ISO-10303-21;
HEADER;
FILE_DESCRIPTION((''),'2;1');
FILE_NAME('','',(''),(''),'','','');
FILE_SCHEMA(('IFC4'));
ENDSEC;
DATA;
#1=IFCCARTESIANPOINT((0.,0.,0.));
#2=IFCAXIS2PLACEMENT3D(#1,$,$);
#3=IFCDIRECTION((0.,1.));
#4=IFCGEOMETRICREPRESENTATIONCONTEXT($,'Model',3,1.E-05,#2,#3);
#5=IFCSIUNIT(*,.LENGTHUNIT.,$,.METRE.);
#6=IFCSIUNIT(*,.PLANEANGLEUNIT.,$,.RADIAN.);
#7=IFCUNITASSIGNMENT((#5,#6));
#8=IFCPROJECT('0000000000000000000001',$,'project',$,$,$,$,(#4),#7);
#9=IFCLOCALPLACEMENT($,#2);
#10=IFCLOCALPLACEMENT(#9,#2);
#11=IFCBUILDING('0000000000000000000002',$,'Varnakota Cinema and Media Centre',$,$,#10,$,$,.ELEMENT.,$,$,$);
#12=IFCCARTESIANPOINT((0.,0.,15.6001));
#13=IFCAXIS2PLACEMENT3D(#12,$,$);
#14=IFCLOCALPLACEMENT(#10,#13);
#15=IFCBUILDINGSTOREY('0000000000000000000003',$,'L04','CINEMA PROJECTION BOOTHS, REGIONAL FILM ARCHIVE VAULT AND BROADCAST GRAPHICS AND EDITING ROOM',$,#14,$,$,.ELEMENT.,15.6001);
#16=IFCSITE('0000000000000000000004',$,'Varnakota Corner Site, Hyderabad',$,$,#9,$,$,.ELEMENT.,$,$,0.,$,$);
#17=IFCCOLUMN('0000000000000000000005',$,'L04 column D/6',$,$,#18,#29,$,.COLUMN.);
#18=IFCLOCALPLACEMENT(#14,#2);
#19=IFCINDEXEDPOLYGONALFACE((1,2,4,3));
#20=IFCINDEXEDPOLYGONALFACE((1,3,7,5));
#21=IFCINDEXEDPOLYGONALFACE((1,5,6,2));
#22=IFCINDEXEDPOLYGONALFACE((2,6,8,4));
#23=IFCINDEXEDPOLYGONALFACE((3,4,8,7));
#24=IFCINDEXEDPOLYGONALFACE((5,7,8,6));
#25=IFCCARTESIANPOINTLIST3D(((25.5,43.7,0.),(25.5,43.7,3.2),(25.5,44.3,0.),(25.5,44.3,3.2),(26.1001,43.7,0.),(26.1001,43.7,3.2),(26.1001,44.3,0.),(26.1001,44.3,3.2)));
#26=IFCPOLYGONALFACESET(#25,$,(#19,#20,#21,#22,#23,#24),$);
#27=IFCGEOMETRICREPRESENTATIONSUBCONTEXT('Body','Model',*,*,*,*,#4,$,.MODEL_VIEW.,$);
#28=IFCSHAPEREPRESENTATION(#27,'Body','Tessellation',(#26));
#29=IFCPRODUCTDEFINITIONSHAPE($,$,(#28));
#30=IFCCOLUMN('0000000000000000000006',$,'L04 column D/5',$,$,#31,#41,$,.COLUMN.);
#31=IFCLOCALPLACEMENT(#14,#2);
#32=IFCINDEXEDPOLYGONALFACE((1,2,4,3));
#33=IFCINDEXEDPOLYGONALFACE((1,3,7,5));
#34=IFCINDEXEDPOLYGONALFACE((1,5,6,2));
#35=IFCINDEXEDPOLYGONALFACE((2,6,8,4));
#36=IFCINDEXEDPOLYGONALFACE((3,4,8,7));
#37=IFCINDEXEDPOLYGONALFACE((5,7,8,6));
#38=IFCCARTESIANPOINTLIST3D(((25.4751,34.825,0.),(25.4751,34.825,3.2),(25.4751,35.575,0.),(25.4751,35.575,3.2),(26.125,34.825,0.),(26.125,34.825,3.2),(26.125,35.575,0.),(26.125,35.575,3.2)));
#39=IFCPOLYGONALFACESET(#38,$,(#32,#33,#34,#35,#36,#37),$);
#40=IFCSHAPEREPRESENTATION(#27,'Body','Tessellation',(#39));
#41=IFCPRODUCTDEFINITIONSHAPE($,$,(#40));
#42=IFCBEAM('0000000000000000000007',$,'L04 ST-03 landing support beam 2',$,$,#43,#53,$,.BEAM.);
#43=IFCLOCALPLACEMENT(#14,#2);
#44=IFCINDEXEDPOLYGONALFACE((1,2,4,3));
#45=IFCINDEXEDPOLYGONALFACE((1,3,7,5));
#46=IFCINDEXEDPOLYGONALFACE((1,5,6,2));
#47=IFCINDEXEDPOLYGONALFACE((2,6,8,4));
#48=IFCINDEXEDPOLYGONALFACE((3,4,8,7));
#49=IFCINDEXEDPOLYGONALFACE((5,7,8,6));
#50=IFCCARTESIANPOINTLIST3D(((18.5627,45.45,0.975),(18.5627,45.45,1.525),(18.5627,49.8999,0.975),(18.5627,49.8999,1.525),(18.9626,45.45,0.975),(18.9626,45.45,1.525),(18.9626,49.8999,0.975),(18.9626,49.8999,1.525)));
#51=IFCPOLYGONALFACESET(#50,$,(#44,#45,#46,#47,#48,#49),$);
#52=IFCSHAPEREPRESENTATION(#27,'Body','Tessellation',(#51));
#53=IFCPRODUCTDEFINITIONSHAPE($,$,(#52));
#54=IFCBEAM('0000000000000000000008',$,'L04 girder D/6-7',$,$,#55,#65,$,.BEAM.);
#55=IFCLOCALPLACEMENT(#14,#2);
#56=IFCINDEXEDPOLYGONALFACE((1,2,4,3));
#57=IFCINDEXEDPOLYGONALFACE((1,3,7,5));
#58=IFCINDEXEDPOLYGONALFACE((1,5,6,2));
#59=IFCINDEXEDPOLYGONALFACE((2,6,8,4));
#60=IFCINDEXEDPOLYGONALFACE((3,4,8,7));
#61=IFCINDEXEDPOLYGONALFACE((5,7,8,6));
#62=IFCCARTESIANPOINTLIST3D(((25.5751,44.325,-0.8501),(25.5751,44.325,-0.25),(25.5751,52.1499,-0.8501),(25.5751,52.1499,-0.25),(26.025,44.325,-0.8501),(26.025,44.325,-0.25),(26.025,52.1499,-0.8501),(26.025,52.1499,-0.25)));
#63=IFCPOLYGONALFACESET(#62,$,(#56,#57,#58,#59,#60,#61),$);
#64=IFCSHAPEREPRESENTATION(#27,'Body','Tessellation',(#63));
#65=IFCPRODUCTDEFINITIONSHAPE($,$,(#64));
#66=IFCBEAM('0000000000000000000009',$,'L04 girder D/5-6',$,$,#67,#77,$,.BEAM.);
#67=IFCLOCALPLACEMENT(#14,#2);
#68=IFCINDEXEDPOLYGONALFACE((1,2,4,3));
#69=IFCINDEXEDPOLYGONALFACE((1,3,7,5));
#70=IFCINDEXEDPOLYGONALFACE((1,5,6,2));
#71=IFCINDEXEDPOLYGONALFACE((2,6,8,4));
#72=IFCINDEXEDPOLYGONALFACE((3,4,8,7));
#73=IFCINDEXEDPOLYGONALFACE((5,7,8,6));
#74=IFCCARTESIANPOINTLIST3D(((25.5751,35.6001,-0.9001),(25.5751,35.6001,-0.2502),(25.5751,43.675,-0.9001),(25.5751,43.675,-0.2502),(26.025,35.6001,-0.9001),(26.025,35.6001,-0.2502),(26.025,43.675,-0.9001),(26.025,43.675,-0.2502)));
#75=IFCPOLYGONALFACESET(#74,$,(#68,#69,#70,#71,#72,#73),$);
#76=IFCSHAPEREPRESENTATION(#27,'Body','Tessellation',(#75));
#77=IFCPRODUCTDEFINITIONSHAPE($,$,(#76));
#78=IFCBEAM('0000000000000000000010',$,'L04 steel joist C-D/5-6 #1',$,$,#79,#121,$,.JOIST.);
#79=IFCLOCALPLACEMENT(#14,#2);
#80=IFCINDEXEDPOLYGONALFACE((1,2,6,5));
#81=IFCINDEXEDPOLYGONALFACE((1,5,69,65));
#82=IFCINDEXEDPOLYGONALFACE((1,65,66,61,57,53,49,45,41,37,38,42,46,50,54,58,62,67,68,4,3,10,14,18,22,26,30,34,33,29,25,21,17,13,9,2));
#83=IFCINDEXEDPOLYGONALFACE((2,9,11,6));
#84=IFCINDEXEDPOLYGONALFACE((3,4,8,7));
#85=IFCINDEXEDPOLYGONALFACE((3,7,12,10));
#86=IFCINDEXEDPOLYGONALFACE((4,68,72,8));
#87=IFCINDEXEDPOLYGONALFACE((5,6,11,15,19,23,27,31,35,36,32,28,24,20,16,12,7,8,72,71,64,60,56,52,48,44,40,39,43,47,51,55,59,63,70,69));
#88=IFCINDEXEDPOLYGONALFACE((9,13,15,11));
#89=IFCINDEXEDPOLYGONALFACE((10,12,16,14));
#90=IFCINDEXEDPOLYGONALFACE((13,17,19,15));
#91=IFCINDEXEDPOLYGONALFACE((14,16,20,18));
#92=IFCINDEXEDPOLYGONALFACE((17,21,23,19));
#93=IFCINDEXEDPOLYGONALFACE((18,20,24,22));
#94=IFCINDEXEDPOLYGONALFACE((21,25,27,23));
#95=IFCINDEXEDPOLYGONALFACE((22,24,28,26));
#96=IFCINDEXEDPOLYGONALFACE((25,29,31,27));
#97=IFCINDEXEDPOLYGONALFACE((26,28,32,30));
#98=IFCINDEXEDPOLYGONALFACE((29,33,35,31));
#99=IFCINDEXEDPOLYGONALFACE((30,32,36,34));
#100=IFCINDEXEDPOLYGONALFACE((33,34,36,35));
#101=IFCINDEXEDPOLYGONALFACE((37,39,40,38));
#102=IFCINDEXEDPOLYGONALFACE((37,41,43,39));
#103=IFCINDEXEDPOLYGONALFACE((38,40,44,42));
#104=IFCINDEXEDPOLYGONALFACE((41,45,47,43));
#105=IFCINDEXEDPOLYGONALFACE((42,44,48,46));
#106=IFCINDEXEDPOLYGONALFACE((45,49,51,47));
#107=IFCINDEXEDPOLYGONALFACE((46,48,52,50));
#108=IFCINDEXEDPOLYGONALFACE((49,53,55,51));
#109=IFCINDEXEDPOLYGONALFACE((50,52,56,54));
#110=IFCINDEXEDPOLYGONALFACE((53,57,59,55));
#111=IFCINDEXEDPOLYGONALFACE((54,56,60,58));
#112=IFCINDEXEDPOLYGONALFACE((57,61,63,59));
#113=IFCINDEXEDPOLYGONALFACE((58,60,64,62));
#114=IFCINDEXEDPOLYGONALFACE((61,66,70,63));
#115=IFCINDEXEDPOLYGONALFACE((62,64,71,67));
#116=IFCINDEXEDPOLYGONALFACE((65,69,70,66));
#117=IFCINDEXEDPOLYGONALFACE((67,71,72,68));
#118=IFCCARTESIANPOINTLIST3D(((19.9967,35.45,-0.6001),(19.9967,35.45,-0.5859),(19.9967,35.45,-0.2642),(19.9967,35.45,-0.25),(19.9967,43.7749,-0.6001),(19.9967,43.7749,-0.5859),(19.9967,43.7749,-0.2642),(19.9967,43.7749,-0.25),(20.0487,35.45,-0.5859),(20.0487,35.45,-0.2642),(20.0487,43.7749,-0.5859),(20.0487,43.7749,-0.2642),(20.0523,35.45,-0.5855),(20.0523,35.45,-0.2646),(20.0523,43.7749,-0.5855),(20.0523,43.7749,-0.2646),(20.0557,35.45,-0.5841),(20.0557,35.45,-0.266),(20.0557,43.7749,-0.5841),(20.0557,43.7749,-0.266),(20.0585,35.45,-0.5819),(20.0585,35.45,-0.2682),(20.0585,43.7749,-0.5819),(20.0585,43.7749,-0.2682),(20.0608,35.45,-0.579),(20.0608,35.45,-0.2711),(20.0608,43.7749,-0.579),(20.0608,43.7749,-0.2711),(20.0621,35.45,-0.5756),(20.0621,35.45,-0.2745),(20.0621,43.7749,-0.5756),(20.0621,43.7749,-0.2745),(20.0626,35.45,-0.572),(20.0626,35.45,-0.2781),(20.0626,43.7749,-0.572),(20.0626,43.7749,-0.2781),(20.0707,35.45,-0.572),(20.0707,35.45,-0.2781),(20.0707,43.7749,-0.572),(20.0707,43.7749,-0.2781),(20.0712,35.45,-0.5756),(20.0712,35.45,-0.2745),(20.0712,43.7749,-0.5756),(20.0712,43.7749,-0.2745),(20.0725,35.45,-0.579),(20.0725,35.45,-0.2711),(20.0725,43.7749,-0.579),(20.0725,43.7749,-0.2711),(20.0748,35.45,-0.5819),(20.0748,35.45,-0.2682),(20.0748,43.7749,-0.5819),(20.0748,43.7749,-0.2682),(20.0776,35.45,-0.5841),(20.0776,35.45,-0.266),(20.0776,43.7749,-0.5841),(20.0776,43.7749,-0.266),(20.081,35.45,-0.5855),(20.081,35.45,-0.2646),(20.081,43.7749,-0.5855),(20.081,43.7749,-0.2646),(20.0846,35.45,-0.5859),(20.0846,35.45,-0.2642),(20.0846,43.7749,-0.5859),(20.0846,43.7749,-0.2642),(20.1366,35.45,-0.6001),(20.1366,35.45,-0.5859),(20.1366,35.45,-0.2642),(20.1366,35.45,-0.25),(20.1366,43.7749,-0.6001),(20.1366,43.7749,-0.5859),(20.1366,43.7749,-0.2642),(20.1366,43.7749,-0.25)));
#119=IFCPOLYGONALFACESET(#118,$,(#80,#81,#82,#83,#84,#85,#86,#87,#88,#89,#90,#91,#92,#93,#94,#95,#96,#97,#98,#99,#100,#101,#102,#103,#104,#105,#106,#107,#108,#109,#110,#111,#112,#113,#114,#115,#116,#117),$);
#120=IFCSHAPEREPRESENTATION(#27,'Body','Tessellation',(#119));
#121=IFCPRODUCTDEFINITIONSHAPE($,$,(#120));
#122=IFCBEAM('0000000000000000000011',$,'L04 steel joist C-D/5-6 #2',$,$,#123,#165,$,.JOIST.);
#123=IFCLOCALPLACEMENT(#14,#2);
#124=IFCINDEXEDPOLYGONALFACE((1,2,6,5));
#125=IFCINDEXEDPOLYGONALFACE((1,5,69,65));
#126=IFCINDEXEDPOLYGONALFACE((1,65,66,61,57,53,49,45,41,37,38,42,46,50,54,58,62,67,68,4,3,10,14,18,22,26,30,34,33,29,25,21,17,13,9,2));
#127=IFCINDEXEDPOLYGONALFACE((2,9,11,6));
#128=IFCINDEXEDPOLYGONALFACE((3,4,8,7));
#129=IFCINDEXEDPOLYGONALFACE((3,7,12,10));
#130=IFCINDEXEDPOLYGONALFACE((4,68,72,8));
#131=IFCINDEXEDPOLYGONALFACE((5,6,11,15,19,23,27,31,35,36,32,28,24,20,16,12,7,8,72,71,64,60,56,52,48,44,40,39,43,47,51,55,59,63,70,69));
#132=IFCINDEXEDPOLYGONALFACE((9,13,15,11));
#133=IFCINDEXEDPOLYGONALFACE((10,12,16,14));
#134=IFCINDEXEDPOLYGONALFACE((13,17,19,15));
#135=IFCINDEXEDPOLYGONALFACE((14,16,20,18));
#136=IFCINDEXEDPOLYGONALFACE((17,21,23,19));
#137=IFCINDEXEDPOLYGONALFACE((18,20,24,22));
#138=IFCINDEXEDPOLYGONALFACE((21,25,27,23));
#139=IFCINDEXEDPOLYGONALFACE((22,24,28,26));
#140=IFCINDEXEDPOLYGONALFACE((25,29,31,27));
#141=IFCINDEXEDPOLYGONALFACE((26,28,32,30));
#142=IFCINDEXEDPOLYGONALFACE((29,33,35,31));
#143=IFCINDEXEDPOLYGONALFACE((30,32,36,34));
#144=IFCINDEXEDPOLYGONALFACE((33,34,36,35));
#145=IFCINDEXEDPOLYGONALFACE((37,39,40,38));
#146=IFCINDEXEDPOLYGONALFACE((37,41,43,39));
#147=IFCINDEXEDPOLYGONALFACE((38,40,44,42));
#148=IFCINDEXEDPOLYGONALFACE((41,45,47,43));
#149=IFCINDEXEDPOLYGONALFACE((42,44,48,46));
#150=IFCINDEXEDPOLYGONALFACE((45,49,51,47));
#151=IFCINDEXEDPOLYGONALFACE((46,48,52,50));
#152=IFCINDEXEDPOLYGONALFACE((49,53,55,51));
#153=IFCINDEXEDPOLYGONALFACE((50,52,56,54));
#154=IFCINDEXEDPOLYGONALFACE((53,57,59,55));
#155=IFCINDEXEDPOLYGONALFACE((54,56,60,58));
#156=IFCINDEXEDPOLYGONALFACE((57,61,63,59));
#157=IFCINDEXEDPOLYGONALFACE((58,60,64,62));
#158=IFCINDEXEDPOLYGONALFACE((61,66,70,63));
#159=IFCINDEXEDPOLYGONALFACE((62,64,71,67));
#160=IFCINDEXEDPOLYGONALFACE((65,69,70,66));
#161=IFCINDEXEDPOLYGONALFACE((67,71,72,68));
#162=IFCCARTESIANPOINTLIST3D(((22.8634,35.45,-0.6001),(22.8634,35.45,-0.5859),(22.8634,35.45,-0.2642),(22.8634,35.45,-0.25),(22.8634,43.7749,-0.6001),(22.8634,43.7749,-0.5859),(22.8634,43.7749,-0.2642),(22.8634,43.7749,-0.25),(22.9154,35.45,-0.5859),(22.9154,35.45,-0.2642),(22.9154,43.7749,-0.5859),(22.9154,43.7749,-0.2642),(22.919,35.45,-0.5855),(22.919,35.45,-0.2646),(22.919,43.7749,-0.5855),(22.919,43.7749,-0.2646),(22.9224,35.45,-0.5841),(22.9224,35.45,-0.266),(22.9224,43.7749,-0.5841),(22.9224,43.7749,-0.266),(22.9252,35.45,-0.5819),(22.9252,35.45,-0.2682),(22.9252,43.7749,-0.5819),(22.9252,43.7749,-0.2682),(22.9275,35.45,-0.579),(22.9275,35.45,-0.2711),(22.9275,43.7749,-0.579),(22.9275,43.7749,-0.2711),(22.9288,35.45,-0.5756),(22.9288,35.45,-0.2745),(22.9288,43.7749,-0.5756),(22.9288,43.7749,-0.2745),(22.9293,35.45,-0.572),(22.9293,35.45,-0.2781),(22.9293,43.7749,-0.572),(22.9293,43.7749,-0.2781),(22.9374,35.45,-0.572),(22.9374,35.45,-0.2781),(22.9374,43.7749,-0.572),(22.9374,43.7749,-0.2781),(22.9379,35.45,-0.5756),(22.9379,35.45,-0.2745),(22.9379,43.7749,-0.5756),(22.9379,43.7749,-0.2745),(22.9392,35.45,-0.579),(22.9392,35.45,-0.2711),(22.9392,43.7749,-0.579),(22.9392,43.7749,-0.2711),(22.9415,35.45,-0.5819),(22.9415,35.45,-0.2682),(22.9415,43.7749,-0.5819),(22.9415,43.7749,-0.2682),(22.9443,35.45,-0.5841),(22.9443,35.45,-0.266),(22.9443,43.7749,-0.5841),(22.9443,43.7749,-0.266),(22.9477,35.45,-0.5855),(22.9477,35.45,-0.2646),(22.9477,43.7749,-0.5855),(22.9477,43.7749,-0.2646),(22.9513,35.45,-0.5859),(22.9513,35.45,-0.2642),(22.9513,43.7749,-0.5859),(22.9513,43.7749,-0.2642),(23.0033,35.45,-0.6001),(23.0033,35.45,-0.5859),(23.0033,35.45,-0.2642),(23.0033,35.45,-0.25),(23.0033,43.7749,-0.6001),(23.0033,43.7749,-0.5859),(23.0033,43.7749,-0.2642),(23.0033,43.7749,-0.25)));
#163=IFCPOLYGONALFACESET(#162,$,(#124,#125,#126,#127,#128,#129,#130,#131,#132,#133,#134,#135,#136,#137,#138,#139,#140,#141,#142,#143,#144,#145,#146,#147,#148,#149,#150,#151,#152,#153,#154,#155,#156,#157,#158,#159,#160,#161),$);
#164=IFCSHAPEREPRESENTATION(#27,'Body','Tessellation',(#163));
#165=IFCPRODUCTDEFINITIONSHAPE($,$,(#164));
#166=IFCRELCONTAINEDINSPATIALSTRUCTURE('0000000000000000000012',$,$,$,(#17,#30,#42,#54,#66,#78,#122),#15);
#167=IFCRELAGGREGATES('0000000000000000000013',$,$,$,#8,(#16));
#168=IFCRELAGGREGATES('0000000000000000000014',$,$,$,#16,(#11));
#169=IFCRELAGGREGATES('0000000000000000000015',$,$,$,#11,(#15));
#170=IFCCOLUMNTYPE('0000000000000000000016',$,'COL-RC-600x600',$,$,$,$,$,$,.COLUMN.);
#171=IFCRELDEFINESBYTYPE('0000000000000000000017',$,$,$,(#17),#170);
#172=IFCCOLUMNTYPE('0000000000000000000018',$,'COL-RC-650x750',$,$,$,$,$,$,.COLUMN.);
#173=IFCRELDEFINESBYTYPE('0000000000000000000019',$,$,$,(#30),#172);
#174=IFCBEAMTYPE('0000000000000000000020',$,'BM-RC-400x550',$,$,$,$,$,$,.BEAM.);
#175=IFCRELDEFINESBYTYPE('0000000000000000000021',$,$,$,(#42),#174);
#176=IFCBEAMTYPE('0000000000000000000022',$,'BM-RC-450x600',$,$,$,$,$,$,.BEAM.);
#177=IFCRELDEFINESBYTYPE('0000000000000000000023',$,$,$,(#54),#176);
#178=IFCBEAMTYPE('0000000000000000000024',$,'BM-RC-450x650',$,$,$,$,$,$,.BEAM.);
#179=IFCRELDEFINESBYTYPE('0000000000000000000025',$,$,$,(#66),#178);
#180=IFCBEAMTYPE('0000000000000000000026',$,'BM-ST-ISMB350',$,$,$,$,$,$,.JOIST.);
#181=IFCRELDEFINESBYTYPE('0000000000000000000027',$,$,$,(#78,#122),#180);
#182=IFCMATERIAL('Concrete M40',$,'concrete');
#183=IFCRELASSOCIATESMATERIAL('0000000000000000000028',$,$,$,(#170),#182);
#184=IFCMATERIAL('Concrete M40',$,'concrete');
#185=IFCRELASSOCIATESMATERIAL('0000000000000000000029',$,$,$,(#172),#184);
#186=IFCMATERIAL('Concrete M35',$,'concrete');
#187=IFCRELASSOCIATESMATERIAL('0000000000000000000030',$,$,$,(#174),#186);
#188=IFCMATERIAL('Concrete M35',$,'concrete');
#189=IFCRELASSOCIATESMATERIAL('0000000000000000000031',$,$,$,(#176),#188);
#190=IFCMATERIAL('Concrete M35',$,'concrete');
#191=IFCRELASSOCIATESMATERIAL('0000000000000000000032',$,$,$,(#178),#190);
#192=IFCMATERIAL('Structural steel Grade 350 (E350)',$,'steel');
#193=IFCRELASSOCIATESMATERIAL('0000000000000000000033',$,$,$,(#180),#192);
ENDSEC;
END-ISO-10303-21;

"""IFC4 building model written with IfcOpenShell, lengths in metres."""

from ifc_helpers import new_model, si_unit, direction, frame, origin, origin_2d, place, context, subcontext, project, spatial, rectangle, i_section, extrude, material, material_profile, profile_set, type_object, element, save


model = new_model("IFC4")

# Units and contexts
model_context = context("Model", 3, precision=1e-05, world=origin(), true_north=direction((0.0, 1.0)))
body_context = subcontext(model_context, "Body", "Model", "MODEL_VIEW")
ifc_project = project(units=[si_unit("LENGTHUNIT", "METRE"), si_unit("PLANEANGLEUNIT", "RADIAN")], contexts=[model_context])

# Site, building, storey
site_placement = place(None, origin())
site = spatial("IfcSite", under=ifc_project, at=site_placement, Name="Varnakota Corner Site, Hyderabad", CompositionType="ELEMENT", RefElevation=0.0)
building_placement = place(site_placement, origin())
building = spatial("IfcBuilding", under=site, at=building_placement, Name="Varnakota Cinema and Media Centre", CompositionType="ELEMENT")
storey_placement = place(building_placement, frame((0.0, 0.0, 15.6001)))
storey = spatial("IfcBuildingStorey", under=building, at=storey_placement, Name="L04", Description="CINEMA PROJECTION BOOTHS, REGIONAL FILM ARCHIVE VAULT AND BROADCAST GRAPHICS AND EDITING ROOM", CompositionType="ELEMENT", Elevation=15.6001)

# Columns
ifc_material_1 = material(Name="Concrete M40", Category="concrete")
ifc_material_profile_1 = material_profile(ifc_material_1, rectangle(XDim=0.6001, YDim=0.6001, at=origin_2d()), Name="RC 600x600")
ifc_profile_set_1 = profile_set([ifc_material_profile_1], Name="Concrete M40")
column_type_1 = type_object("IfcColumnType", Name="COL-RC-600x600", PredefinedType="COLUMN", material=ifc_profile_set_1)
column_1_placement = place(storey_placement, frame((25.8, 44.0, 0.0), z_axis=(0.0, 0.0, 1.0), x_axis=(1.0, 0.0, 0.0)))
element("IfcColumn", 1, at=column_1_placement, inside=storey, type_object=column_type_1, Name="L04 column D/6", PredefinedType="COLUMN", context=body_context, shape_type="SweptSolid", body=[
    extrude(rectangle(XDim=0.6001, YDim=0.6001, at=origin_2d()), origin(), (0.0, 0.0, 1.0), 3.2),
])
ifc_material_2 = material(Name="Concrete M40", Category="concrete")
ifc_material_profile_2 = material_profile(ifc_material_2, rectangle(XDim=0.6499, YDim=0.75, at=origin_2d()), Name="RC 650x750")
ifc_profile_set_2 = profile_set([ifc_material_profile_2], Name="Concrete M40")
column_type_2 = type_object("IfcColumnType", Name="COL-RC-650x750", PredefinedType="COLUMN", material=ifc_profile_set_2)
column_2_placement = place(storey_placement, frame((25.8, 35.2, 0.0), z_axis=(0.0, 0.0, 1.0), x_axis=(1.0, 0.0, 0.0)))
element("IfcColumn", 2, at=column_2_placement, inside=storey, type_object=column_type_2, Name="L04 column D/5", PredefinedType="COLUMN", context=body_context, shape_type="SweptSolid", body=[
    extrude(rectangle(XDim=0.6499, YDim=0.75, at=origin_2d()), origin(), (0.0, 0.0, 1.0), 3.2),
])

# Beams
ifc_material_3 = material(Name="Concrete M35", Category="concrete")
ifc_material_profile_3 = material_profile(ifc_material_3, rectangle(XDim=0.3999, YDim=0.55, at=origin_2d()), Name="RCB 400x550")
ifc_profile_set_3 = profile_set([ifc_material_profile_3], Name="Concrete M35")
beam_type_1 = type_object("IfcBeamType", Name="BM-RC-400x550", PredefinedType="BEAM", material=ifc_profile_set_3)
beam_1_placement = place(storey_placement, frame((18.7627, 45.45, 1.25), z_axis=(0.0, 1.0, 0.0), x_axis=(-1.0, 0.0, 0.0)))
element("IfcBeam", 3, at=beam_1_placement, inside=storey, type_object=beam_type_1, Name="L04 ST-03 landing support beam 2", PredefinedType="BEAM", context=body_context, shape_type="SweptSolid", body=[
    extrude(rectangle(XDim=0.3999, YDim=0.55, at=origin_2d()), origin(), (0.0, 0.0, 1.0), 4.45),
])
ifc_material_4 = material(Name="Concrete M35", Category="concrete")
ifc_material_profile_4 = material_profile(ifc_material_4, rectangle(XDim=0.45, YDim=0.6001, at=origin_2d()), Name="RCB 450x600")
ifc_profile_set_4 = profile_set([ifc_material_profile_4], Name="Concrete M35")
beam_type_2 = type_object("IfcBeamType", Name="BM-RC-450x600", PredefinedType="BEAM", material=ifc_profile_set_4)
beam_2_placement = place(storey_placement, frame((25.8, 44.325, -0.55), z_axis=(0.0, 1.0, 0.0), x_axis=(-1.0, 0.0, 0.0)))
element("IfcBeam", 4, at=beam_2_placement, inside=storey, type_object=beam_type_2, Name="L04 girder D/6-7", PredefinedType="BEAM", context=body_context, shape_type="SweptSolid", body=[
    extrude(rectangle(XDim=0.45, YDim=0.6001, at=origin_2d()), origin(), (0.0, 0.0, 1.0), 7.825),
])
ifc_material_5 = material(Name="Concrete M35", Category="concrete")
ifc_material_profile_5 = material_profile(ifc_material_5, rectangle(XDim=0.45, YDim=0.6499, at=origin_2d()), Name="RCB 450x650")
ifc_profile_set_5 = profile_set([ifc_material_profile_5], Name="Concrete M35")
beam_type_3 = type_object("IfcBeamType", Name="BM-RC-450x650", PredefinedType="BEAM", material=ifc_profile_set_5)
beam_3_placement = place(storey_placement, frame((25.8, 35.6001, -0.5752), z_axis=(0.0, 1.0, 0.0), x_axis=(-1.0, 0.0, 0.0)))
element("IfcBeam", 5, at=beam_3_placement, inside=storey, type_object=beam_type_3, Name="L04 girder D/5-6", PredefinedType="BEAM", context=body_context, shape_type="SweptSolid", body=[
    extrude(rectangle(XDim=0.45, YDim=0.6499, at=origin_2d()), origin(), (0.0, 0.0, 1.0), 8.075),
])
ifc_material_6 = material(Name="Structural steel Grade 350 (E350)", Category="steel")
ifc_material_profile_6 = material_profile(ifc_material_6, i_section(OverallWidth=0.1399, OverallDepth=0.3501, WebThickness=0.0081, FlangeThickness=0.0142, FilletRadius=0.0139, at=origin_2d()), Name="ISMB 350")
ifc_profile_set_6 = profile_set([ifc_material_profile_6], Name="Structural steel Grade 350 (E350)")
beam_type_4 = type_object("IfcBeamType", Name="BM-ST-ISMB350", PredefinedType="JOIST", material=ifc_profile_set_6)
for number, where, z_axis, x_axis, name in (
    (6, (20.0667, 35.45, -0.425), (0.0, 1.0, 0.0), (-1.0, 0.0, 0.0), "L04 steel joist C-D/5-6 #1"),
    (7, (22.9333, 35.45, -0.425), (0.0, 1.0, 0.0), (-1.0, 0.0, 0.0), "L04 steel joist C-D/5-6 #2"),
):
    element("IfcBeam", number, at=place(storey_placement, frame(where, z_axis=z_axis, x_axis=x_axis)), inside=storey, type_object=beam_type_4, Name=name, PredefinedType="JOIST", context=body_context, shape_type="SweptSolid", body=[
        extrude(i_section(OverallWidth=0.1399, OverallDepth=0.3501, WebThickness=0.0081, FlangeThickness=0.0142, FilletRadius=0.0139, at=origin_2d()), origin(), (0.0, 0.0, 1.0), 8.325),
    ])

save(model, "model.ifc")
